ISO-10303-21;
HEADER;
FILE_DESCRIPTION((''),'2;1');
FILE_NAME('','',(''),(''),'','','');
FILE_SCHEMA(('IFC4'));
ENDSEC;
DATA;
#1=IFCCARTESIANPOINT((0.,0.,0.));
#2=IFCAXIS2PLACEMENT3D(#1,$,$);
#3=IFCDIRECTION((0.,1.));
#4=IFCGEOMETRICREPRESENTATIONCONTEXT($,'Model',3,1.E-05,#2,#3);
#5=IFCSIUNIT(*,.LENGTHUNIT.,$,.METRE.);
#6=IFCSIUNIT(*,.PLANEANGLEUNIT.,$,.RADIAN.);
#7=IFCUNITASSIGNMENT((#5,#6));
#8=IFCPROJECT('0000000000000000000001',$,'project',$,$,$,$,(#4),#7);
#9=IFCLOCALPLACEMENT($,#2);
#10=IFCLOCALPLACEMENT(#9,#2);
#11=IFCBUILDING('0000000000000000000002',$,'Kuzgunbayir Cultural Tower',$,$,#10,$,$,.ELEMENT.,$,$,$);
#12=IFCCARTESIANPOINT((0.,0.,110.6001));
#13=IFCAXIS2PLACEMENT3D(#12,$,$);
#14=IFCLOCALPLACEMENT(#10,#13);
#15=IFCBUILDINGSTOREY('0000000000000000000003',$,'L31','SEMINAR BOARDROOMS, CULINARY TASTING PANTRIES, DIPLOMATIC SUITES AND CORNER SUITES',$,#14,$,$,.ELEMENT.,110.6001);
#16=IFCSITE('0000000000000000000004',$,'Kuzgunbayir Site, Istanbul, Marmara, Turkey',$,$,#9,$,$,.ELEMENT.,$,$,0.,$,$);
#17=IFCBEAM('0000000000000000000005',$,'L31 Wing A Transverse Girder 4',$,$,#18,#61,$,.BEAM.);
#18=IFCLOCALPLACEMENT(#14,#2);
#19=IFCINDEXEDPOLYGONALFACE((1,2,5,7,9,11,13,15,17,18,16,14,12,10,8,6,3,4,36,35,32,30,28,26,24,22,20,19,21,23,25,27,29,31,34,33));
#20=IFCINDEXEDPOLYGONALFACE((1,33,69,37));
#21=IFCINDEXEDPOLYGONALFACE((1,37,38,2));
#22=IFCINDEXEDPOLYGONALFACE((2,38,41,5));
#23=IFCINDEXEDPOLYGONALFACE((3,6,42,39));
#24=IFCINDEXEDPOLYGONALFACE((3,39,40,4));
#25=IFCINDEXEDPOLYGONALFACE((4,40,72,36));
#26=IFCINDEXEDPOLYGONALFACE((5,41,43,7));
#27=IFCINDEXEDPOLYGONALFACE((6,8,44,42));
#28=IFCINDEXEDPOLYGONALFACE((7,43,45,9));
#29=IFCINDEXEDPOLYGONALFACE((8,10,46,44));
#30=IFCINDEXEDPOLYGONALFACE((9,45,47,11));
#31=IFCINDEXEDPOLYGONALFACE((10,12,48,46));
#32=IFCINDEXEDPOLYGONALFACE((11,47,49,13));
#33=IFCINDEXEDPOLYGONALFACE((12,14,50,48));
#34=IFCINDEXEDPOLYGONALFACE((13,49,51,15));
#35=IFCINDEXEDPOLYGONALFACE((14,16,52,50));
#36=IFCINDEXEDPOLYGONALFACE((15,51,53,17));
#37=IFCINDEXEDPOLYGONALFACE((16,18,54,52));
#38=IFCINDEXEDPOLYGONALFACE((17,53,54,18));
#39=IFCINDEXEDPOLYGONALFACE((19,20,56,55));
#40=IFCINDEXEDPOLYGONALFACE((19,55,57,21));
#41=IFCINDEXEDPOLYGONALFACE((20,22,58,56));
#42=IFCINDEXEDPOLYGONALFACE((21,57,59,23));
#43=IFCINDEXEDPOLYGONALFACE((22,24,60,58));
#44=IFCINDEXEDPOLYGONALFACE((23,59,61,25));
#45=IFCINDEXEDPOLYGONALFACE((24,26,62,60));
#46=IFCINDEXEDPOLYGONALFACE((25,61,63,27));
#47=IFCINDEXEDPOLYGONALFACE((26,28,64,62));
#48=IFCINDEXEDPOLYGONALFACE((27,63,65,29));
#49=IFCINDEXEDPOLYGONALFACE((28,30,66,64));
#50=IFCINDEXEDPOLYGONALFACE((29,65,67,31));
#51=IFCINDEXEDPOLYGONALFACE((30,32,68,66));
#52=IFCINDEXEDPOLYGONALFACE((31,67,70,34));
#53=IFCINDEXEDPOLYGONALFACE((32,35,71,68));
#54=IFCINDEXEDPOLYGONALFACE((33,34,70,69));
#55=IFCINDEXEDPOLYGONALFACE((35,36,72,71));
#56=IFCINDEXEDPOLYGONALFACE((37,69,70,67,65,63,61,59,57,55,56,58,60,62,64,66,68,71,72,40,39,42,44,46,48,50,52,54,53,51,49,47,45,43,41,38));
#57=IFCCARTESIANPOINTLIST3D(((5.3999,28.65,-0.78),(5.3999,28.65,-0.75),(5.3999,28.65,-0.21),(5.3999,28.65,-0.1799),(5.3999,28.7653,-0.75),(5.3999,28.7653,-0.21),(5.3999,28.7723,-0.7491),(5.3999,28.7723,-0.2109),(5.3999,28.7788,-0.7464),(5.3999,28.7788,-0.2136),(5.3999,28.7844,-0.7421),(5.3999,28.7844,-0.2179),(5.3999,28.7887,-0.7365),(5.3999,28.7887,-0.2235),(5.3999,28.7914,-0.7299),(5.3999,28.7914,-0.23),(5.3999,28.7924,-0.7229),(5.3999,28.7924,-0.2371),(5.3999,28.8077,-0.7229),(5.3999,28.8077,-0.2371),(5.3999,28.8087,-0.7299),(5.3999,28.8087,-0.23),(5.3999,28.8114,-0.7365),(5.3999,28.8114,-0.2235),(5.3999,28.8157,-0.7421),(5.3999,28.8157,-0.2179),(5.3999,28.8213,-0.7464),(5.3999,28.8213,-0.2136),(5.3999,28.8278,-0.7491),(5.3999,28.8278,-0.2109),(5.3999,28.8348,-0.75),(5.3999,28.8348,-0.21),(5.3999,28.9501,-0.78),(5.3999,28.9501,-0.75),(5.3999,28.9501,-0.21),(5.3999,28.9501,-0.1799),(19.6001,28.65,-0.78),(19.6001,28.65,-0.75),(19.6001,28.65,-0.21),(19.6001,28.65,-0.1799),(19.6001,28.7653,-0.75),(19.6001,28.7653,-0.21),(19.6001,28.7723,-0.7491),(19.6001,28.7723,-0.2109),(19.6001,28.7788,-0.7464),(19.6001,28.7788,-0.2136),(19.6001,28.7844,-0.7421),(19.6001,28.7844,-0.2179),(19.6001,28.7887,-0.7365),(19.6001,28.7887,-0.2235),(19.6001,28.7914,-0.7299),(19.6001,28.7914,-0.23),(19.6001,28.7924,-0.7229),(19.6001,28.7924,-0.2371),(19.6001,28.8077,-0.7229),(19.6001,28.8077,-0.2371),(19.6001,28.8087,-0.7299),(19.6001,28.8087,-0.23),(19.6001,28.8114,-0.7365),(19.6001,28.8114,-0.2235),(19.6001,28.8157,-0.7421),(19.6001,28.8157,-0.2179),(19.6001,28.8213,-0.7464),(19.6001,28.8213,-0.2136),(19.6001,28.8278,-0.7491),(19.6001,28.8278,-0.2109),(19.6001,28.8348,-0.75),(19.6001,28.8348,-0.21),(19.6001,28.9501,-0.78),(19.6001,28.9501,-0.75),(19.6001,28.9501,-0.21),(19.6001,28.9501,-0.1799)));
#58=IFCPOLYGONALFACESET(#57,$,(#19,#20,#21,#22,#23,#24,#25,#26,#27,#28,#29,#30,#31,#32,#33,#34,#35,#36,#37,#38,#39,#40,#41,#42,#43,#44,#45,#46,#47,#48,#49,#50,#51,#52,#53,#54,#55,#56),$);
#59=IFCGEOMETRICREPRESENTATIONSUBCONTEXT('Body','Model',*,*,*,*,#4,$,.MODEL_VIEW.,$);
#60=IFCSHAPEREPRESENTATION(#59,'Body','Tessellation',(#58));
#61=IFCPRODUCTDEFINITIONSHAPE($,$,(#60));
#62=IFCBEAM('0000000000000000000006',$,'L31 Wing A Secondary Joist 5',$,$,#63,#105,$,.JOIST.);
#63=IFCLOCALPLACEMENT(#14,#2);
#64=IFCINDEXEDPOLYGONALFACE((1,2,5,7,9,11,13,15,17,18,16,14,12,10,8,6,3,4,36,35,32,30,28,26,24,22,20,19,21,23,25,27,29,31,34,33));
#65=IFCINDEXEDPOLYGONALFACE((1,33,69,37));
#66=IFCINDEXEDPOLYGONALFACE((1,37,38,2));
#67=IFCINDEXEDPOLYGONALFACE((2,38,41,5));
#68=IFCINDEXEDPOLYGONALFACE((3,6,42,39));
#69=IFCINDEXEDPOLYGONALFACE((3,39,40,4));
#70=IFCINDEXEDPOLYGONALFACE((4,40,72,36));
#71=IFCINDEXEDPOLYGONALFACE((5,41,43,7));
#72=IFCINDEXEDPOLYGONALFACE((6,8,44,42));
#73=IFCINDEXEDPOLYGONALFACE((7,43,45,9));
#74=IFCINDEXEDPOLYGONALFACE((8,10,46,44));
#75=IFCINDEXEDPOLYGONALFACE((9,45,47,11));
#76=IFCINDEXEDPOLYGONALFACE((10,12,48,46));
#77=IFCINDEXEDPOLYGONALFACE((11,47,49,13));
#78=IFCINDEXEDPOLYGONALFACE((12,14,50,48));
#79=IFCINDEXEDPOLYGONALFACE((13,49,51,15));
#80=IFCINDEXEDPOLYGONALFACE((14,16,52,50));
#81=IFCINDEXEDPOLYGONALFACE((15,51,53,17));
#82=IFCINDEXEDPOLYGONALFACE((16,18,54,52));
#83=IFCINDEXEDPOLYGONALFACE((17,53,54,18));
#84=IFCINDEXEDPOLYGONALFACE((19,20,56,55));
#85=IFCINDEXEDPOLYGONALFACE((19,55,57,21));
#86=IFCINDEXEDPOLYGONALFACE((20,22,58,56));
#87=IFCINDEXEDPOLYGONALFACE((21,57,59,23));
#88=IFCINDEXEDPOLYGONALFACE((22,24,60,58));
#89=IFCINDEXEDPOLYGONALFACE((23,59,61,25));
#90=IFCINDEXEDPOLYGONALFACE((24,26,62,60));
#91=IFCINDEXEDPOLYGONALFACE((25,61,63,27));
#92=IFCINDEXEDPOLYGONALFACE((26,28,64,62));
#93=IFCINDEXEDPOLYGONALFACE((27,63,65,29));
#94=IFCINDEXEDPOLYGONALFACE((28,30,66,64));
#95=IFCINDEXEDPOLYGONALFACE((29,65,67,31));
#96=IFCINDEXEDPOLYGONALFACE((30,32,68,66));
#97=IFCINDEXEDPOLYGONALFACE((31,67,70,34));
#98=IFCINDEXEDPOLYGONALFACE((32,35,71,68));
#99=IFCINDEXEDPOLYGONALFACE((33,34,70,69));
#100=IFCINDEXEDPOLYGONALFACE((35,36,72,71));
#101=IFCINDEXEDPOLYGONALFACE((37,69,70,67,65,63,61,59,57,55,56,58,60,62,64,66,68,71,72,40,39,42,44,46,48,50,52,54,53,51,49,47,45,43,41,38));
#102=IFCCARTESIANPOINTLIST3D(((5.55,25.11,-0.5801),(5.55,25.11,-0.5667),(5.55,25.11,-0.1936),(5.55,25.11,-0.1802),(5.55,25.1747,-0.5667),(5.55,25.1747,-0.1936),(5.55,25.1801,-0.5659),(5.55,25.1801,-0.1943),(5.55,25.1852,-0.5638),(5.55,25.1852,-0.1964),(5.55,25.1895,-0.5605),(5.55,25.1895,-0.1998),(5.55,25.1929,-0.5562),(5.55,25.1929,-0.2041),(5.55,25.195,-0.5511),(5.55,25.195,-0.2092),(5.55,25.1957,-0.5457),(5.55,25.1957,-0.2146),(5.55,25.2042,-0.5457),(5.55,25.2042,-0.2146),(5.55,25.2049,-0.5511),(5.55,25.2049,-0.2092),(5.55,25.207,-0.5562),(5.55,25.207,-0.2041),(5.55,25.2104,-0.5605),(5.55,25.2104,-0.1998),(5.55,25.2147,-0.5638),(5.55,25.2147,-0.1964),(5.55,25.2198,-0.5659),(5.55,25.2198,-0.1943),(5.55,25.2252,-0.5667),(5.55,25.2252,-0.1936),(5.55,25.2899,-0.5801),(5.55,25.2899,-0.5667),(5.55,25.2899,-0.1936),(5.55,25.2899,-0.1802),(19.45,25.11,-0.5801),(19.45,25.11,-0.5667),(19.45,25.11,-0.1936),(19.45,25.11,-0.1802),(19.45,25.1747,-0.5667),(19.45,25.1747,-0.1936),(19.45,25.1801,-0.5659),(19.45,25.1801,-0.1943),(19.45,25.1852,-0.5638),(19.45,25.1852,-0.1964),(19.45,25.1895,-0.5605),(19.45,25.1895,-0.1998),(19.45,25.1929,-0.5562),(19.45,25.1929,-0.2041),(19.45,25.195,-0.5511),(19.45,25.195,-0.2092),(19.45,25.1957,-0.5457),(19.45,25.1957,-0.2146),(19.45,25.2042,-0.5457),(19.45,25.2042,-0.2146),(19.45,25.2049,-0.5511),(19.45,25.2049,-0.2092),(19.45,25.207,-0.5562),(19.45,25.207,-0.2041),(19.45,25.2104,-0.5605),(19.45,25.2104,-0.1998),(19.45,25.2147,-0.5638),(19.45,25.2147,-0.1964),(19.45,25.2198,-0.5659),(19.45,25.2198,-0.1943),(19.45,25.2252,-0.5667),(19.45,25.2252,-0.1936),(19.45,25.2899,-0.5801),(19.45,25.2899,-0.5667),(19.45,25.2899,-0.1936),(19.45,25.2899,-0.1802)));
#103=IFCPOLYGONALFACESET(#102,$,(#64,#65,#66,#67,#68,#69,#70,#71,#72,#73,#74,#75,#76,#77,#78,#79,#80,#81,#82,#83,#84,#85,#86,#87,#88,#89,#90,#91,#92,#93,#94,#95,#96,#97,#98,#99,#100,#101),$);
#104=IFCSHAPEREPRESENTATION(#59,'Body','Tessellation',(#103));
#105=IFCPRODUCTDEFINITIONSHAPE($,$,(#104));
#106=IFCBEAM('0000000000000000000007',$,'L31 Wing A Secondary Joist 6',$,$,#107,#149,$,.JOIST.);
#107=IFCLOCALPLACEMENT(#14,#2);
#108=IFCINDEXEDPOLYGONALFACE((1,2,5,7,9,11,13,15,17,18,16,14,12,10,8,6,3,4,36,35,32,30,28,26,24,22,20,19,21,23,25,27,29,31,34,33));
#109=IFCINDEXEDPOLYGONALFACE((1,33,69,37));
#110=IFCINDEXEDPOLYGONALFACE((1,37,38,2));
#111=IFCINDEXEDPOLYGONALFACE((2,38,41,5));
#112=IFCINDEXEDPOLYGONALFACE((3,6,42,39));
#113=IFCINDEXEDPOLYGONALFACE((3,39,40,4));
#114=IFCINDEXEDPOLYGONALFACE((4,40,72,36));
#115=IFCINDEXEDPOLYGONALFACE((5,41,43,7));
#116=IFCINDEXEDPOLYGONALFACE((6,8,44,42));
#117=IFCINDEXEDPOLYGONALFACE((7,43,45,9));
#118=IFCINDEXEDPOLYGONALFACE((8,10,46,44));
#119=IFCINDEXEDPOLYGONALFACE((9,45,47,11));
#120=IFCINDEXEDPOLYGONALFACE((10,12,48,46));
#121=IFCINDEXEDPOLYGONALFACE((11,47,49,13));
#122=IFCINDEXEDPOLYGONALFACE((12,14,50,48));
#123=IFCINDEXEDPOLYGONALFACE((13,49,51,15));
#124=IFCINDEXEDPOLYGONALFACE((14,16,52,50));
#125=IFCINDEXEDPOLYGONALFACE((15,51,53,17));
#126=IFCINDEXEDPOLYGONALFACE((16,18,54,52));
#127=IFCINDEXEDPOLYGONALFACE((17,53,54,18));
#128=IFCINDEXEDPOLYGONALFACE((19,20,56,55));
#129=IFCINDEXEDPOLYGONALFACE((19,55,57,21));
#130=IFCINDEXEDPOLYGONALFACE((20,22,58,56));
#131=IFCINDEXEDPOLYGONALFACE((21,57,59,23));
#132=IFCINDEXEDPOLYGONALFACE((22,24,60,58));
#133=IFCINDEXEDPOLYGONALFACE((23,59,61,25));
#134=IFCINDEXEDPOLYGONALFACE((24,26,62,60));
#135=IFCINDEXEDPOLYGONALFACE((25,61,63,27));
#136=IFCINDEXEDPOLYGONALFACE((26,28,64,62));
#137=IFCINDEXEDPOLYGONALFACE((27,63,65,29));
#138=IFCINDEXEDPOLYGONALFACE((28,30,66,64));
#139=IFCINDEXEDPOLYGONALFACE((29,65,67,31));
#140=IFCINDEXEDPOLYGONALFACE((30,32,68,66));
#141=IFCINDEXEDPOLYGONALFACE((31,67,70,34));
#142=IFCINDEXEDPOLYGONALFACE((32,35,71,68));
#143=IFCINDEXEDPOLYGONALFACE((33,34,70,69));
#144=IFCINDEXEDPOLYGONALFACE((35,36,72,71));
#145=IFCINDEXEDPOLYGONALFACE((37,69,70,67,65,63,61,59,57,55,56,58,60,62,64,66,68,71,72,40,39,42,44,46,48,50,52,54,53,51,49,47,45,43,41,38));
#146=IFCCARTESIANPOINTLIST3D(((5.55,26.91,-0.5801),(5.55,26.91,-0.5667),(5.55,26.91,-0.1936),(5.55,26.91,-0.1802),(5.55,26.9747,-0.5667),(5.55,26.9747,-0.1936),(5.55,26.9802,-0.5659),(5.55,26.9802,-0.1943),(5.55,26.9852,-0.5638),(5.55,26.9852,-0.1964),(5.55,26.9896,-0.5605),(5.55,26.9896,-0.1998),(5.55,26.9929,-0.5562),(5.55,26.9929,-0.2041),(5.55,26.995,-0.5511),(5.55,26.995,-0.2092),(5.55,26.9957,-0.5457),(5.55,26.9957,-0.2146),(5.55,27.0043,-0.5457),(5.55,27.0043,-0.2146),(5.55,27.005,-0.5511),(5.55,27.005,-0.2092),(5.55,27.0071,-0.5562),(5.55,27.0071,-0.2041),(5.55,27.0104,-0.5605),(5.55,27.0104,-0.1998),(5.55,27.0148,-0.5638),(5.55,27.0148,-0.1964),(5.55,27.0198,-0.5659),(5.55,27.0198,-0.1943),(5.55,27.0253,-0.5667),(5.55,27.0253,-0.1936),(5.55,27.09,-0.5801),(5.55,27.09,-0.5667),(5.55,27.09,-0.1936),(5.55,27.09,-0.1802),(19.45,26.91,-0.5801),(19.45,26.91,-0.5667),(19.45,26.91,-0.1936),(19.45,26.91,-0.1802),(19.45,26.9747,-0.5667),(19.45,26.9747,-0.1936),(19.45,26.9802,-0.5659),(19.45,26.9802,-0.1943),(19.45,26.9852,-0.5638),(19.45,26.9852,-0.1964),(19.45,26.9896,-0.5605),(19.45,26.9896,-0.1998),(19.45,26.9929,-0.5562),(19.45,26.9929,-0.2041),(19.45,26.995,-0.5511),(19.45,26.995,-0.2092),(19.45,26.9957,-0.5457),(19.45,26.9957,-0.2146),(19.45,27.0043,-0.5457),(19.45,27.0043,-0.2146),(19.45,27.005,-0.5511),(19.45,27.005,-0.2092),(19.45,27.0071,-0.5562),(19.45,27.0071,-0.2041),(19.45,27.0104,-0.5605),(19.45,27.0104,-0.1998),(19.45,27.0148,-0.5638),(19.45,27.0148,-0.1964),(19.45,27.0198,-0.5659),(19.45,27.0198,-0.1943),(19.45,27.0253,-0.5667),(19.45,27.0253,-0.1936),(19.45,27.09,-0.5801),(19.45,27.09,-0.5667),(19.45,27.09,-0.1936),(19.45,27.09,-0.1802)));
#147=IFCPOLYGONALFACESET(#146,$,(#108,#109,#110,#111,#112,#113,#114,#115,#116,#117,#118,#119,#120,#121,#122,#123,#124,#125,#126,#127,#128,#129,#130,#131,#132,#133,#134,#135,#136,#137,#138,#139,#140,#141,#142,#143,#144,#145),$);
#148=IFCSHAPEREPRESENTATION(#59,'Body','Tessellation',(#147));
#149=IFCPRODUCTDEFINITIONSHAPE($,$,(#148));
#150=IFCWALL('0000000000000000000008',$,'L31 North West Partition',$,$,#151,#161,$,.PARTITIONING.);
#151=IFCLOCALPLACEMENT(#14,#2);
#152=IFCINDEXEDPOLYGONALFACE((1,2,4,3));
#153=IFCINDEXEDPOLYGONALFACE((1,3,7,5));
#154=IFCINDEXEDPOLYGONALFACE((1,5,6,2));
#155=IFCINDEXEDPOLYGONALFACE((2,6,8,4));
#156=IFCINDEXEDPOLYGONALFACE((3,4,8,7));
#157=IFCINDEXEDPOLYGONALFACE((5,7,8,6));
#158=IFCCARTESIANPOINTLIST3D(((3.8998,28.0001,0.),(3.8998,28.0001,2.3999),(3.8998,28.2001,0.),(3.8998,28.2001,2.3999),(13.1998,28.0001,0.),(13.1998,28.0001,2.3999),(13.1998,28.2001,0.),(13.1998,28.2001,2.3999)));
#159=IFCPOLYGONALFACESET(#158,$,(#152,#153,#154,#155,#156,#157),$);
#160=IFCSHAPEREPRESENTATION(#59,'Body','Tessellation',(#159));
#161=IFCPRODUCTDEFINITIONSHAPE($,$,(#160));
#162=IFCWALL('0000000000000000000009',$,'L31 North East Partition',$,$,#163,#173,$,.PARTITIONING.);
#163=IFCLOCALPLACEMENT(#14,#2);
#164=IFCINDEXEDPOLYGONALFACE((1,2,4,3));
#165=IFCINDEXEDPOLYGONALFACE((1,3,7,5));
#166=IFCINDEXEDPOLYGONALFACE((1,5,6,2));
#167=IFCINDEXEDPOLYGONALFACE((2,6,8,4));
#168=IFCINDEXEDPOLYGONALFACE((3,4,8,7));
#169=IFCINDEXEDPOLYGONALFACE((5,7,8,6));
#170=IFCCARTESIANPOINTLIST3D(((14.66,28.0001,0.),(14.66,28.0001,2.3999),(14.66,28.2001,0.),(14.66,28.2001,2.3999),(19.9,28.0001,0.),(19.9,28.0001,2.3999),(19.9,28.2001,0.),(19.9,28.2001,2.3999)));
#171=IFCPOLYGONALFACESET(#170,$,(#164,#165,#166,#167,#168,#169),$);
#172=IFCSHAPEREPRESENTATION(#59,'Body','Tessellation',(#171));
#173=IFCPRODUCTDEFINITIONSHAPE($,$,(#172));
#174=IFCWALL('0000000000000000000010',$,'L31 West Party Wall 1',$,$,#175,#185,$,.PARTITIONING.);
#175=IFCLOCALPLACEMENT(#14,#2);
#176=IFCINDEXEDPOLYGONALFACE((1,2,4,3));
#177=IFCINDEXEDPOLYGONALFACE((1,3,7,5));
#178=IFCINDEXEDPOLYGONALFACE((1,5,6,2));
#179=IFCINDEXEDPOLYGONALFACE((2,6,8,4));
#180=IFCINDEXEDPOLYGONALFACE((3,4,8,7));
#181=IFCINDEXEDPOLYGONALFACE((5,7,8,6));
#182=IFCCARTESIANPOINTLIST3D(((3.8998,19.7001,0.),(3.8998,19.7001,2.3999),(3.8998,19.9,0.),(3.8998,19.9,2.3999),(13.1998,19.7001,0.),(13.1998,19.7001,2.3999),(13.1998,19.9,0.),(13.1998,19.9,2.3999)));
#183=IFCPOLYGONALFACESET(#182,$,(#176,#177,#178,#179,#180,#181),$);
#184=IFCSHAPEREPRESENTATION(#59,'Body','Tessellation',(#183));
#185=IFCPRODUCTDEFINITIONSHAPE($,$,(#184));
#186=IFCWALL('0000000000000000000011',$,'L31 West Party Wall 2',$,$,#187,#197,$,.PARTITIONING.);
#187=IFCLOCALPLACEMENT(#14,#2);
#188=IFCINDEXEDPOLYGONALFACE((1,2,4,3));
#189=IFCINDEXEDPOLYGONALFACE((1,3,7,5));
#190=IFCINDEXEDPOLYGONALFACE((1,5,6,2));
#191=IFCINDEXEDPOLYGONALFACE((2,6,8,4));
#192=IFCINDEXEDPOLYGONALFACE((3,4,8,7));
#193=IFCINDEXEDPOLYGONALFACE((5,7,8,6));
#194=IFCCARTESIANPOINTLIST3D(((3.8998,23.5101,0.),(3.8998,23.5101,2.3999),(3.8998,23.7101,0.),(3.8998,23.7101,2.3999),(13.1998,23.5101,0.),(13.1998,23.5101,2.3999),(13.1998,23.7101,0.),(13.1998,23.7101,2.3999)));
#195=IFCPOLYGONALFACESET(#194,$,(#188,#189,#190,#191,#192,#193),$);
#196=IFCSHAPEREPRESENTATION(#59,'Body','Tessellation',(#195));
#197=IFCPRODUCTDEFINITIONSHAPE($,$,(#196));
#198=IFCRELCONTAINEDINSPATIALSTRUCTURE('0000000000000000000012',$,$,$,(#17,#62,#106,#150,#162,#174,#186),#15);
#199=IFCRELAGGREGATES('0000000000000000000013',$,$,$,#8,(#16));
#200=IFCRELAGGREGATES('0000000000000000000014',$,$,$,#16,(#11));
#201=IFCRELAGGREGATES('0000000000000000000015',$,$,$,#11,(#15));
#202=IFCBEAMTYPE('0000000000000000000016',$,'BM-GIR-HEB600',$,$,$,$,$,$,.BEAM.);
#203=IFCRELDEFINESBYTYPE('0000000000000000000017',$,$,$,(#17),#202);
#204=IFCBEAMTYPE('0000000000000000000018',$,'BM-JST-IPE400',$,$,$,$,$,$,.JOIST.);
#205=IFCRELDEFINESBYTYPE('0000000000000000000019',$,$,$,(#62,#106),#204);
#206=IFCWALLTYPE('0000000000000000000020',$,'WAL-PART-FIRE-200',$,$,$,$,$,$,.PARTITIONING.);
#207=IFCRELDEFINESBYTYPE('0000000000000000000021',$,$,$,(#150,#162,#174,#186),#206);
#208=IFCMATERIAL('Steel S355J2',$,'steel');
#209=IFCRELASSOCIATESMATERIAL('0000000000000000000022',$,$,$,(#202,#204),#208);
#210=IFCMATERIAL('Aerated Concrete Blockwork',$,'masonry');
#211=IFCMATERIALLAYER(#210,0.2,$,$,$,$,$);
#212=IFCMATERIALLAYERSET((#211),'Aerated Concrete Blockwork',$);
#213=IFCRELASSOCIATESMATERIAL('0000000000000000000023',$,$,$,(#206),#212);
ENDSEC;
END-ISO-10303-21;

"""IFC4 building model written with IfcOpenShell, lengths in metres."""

from ifc_helpers import new_model, si_unit, direction, frame, frame_2d, origin, origin_2d, place, context, subcontext, project, spatial, rectangle, i_section, extrude, material, layer, layer_set, material_profile, profile_set, type_object, element, save


model = new_model("IFC4")

# Units and contexts
model_context = context("Model", 3, precision=1e-05, world=origin(), true_north=direction((0.0, 1.0)))
body_context = subcontext(model_context, "Body", "Model", "MODEL_VIEW")
ifc_project = project(units=[si_unit("LENGTHUNIT", "METRE"), si_unit("PLANEANGLEUNIT", "RADIAN")], contexts=[model_context])

# Site, building, storey
site_placement = place(None, origin())
site = spatial("IfcSite", under=ifc_project, at=site_placement, Name="Kuzgunbayir Site, Istanbul, Marmara, Turkey", CompositionType="ELEMENT", RefElevation=0.0)
building_placement = place(site_placement, origin())
building = spatial("IfcBuilding", under=site, at=building_placement, Name="Kuzgunbayir Cultural Tower", CompositionType="ELEMENT")
storey_placement = place(building_placement, frame((0.0, 0.0, 110.6001)))
storey = spatial("IfcBuildingStorey", under=building, at=storey_placement, Name="L31", Description="SEMINAR BOARDROOMS, CULINARY TASTING PANTRIES, DIPLOMATIC SUITES AND CORNER SUITES", CompositionType="ELEMENT", Elevation=110.6001)

# Beams
ifc_material_1 = material(Name="Steel S355J2", Category="steel")
ifc_material_profile_1 = material_profile(ifc_material_1, i_section(OverallWidth=0.3, OverallDepth=0.6001, WebThickness=0.0154, FlangeThickness=0.03, FilletRadius=0.0271, at=origin_2d()), Name="HEB 600")
ifc_profile_set_1 = profile_set([ifc_material_profile_1], Name="Steel S355J2")
beam_type_1 = type_object("IfcBeamType", Name="BM-GIR-HEB600", PredefinedType="BEAM", material=ifc_profile_set_1)
for number, where, z_axis, x_axis, name in (
    (1, (5.3999, 28.8, -0.48), (1.0, 0.0, 0.0), (0.0, 1.0, 0.0), "L31 Wing A Transverse Girder 4"),
):
    element("IfcBeam", number, at=place(storey_placement, frame(where, z_axis=z_axis, x_axis=x_axis)), inside=storey, type_object=beam_type_1, Name=name, PredefinedType="BEAM", context=body_context, shape_type="SweptSolid", body=[
        extrude(i_section(OverallWidth=0.3, OverallDepth=0.6001, WebThickness=0.0154, FlangeThickness=0.03, FilletRadius=0.0271, at=origin_2d()), origin(), (0.0, 0.0, 1.0), 14.2002),
    ])
ifc_material_profile_2 = material_profile(ifc_material_1, i_section(OverallWidth=0.1799, OverallDepth=0.3999, WebThickness=0.0085, FlangeThickness=0.0134, FilletRadius=0.021, at=origin_2d()), Name="IPE 400")
ifc_profile_set_2 = profile_set([ifc_material_profile_2], Name="Steel S355J2")
beam_type_2 = type_object("IfcBeamType", Name="BM-JST-IPE400", PredefinedType="JOIST", material=ifc_profile_set_2)
for number, where, z_axis, x_axis, name in (
    (2, (5.55, 25.2, -0.3801), (1.0, 0.0, 0.0), (0.0, 1.0, 0.0), "L31 Wing A Secondary Joist 5"),
    (3, (5.55, 27.0, -0.3801), (1.0, 0.0, 0.0), (0.0, 1.0, 0.0), "L31 Wing A Secondary Joist 6"),
):
    element("IfcBeam", number, at=place(storey_placement, frame(where, z_axis=z_axis, x_axis=x_axis)), inside=storey, type_object=beam_type_2, Name=name, PredefinedType="JOIST", context=body_context, shape_type="SweptSolid", body=[
        extrude(i_section(OverallWidth=0.1799, OverallDepth=0.3999, WebThickness=0.0085, FlangeThickness=0.0134, FilletRadius=0.021, at=origin_2d()), origin(), (0.0, 0.0, 1.0), 13.8999),
    ])

# Walls
ifc_material_2 = material(Name="Aerated Concrete Blockwork", Category="masonry")
ifc_layer_1 = layer(ifc_material_2, 0.2)
ifc_layer_set_1 = layer_set([ifc_layer_1], Name="Aerated Concrete Blockwork")
wall_type_1 = type_object("IfcWallType", Name="WAL-PART-FIRE-200", PredefinedType="PARTITIONING", material=ifc_layer_set_1)
wall_1_placement = place(storey_placement, frame((3.8999, 28.1001, 0.0), z_axis=(0.0, 0.0, 1.0), x_axis=(1.0, 0.0, 0.0)))
element("IfcWall", 4, at=wall_1_placement, inside=storey, type_object=wall_type_1, Name="L31 North West Partition", PredefinedType="PARTITIONING", context=body_context, shape_type="SweptSolid", body=[
    extrude(rectangle(XDim=9.3, YDim=0.2, at=frame_2d((4.6499, 0.0))), origin(), (0.0, 0.0, 1.0), 2.3999),
])
wall_2_placement = place(storey_placement, frame((14.6599, 28.1001, 0.0), z_axis=(0.0, 0.0, 1.0), x_axis=(1.0, 0.0, 0.0)))
element("IfcWall", 5, at=wall_2_placement, inside=storey, type_object=wall_type_1, Name="L31 North East Partition", PredefinedType="PARTITIONING", context=body_context, shape_type="SweptSolid", body=[
    extrude(rectangle(XDim=5.24, YDim=0.2, at=frame_2d((2.6201, 0.0))), origin(), (0.0, 0.0, 1.0), 2.3999),
])
for number, where, z_axis, x_axis, name in (
    (6, (3.8999, 19.8, 0.0), (0.0, 0.0, 1.0), (1.0, 0.0, 0.0), "L31 West Party Wall 1"),
    (7, (3.8999, 23.6101, 0.0), (0.0, 0.0, 1.0), (1.0, 0.0, 0.0), "L31 West Party Wall 2"),
):
    element("IfcWall", number, at=place(storey_placement, frame(where, z_axis=z_axis, x_axis=x_axis)), inside=storey, type_object=wall_type_1, Name=name, PredefinedType="PARTITIONING", context=body_context, shape_type="SweptSolid", body=[
        extrude(rectangle(XDim=9.3, YDim=0.2, at=frame_2d((4.6499, 0.0))), origin(), (0.0, 0.0, 1.0), 2.3999),
    ])

save(model, "model.ifc")
